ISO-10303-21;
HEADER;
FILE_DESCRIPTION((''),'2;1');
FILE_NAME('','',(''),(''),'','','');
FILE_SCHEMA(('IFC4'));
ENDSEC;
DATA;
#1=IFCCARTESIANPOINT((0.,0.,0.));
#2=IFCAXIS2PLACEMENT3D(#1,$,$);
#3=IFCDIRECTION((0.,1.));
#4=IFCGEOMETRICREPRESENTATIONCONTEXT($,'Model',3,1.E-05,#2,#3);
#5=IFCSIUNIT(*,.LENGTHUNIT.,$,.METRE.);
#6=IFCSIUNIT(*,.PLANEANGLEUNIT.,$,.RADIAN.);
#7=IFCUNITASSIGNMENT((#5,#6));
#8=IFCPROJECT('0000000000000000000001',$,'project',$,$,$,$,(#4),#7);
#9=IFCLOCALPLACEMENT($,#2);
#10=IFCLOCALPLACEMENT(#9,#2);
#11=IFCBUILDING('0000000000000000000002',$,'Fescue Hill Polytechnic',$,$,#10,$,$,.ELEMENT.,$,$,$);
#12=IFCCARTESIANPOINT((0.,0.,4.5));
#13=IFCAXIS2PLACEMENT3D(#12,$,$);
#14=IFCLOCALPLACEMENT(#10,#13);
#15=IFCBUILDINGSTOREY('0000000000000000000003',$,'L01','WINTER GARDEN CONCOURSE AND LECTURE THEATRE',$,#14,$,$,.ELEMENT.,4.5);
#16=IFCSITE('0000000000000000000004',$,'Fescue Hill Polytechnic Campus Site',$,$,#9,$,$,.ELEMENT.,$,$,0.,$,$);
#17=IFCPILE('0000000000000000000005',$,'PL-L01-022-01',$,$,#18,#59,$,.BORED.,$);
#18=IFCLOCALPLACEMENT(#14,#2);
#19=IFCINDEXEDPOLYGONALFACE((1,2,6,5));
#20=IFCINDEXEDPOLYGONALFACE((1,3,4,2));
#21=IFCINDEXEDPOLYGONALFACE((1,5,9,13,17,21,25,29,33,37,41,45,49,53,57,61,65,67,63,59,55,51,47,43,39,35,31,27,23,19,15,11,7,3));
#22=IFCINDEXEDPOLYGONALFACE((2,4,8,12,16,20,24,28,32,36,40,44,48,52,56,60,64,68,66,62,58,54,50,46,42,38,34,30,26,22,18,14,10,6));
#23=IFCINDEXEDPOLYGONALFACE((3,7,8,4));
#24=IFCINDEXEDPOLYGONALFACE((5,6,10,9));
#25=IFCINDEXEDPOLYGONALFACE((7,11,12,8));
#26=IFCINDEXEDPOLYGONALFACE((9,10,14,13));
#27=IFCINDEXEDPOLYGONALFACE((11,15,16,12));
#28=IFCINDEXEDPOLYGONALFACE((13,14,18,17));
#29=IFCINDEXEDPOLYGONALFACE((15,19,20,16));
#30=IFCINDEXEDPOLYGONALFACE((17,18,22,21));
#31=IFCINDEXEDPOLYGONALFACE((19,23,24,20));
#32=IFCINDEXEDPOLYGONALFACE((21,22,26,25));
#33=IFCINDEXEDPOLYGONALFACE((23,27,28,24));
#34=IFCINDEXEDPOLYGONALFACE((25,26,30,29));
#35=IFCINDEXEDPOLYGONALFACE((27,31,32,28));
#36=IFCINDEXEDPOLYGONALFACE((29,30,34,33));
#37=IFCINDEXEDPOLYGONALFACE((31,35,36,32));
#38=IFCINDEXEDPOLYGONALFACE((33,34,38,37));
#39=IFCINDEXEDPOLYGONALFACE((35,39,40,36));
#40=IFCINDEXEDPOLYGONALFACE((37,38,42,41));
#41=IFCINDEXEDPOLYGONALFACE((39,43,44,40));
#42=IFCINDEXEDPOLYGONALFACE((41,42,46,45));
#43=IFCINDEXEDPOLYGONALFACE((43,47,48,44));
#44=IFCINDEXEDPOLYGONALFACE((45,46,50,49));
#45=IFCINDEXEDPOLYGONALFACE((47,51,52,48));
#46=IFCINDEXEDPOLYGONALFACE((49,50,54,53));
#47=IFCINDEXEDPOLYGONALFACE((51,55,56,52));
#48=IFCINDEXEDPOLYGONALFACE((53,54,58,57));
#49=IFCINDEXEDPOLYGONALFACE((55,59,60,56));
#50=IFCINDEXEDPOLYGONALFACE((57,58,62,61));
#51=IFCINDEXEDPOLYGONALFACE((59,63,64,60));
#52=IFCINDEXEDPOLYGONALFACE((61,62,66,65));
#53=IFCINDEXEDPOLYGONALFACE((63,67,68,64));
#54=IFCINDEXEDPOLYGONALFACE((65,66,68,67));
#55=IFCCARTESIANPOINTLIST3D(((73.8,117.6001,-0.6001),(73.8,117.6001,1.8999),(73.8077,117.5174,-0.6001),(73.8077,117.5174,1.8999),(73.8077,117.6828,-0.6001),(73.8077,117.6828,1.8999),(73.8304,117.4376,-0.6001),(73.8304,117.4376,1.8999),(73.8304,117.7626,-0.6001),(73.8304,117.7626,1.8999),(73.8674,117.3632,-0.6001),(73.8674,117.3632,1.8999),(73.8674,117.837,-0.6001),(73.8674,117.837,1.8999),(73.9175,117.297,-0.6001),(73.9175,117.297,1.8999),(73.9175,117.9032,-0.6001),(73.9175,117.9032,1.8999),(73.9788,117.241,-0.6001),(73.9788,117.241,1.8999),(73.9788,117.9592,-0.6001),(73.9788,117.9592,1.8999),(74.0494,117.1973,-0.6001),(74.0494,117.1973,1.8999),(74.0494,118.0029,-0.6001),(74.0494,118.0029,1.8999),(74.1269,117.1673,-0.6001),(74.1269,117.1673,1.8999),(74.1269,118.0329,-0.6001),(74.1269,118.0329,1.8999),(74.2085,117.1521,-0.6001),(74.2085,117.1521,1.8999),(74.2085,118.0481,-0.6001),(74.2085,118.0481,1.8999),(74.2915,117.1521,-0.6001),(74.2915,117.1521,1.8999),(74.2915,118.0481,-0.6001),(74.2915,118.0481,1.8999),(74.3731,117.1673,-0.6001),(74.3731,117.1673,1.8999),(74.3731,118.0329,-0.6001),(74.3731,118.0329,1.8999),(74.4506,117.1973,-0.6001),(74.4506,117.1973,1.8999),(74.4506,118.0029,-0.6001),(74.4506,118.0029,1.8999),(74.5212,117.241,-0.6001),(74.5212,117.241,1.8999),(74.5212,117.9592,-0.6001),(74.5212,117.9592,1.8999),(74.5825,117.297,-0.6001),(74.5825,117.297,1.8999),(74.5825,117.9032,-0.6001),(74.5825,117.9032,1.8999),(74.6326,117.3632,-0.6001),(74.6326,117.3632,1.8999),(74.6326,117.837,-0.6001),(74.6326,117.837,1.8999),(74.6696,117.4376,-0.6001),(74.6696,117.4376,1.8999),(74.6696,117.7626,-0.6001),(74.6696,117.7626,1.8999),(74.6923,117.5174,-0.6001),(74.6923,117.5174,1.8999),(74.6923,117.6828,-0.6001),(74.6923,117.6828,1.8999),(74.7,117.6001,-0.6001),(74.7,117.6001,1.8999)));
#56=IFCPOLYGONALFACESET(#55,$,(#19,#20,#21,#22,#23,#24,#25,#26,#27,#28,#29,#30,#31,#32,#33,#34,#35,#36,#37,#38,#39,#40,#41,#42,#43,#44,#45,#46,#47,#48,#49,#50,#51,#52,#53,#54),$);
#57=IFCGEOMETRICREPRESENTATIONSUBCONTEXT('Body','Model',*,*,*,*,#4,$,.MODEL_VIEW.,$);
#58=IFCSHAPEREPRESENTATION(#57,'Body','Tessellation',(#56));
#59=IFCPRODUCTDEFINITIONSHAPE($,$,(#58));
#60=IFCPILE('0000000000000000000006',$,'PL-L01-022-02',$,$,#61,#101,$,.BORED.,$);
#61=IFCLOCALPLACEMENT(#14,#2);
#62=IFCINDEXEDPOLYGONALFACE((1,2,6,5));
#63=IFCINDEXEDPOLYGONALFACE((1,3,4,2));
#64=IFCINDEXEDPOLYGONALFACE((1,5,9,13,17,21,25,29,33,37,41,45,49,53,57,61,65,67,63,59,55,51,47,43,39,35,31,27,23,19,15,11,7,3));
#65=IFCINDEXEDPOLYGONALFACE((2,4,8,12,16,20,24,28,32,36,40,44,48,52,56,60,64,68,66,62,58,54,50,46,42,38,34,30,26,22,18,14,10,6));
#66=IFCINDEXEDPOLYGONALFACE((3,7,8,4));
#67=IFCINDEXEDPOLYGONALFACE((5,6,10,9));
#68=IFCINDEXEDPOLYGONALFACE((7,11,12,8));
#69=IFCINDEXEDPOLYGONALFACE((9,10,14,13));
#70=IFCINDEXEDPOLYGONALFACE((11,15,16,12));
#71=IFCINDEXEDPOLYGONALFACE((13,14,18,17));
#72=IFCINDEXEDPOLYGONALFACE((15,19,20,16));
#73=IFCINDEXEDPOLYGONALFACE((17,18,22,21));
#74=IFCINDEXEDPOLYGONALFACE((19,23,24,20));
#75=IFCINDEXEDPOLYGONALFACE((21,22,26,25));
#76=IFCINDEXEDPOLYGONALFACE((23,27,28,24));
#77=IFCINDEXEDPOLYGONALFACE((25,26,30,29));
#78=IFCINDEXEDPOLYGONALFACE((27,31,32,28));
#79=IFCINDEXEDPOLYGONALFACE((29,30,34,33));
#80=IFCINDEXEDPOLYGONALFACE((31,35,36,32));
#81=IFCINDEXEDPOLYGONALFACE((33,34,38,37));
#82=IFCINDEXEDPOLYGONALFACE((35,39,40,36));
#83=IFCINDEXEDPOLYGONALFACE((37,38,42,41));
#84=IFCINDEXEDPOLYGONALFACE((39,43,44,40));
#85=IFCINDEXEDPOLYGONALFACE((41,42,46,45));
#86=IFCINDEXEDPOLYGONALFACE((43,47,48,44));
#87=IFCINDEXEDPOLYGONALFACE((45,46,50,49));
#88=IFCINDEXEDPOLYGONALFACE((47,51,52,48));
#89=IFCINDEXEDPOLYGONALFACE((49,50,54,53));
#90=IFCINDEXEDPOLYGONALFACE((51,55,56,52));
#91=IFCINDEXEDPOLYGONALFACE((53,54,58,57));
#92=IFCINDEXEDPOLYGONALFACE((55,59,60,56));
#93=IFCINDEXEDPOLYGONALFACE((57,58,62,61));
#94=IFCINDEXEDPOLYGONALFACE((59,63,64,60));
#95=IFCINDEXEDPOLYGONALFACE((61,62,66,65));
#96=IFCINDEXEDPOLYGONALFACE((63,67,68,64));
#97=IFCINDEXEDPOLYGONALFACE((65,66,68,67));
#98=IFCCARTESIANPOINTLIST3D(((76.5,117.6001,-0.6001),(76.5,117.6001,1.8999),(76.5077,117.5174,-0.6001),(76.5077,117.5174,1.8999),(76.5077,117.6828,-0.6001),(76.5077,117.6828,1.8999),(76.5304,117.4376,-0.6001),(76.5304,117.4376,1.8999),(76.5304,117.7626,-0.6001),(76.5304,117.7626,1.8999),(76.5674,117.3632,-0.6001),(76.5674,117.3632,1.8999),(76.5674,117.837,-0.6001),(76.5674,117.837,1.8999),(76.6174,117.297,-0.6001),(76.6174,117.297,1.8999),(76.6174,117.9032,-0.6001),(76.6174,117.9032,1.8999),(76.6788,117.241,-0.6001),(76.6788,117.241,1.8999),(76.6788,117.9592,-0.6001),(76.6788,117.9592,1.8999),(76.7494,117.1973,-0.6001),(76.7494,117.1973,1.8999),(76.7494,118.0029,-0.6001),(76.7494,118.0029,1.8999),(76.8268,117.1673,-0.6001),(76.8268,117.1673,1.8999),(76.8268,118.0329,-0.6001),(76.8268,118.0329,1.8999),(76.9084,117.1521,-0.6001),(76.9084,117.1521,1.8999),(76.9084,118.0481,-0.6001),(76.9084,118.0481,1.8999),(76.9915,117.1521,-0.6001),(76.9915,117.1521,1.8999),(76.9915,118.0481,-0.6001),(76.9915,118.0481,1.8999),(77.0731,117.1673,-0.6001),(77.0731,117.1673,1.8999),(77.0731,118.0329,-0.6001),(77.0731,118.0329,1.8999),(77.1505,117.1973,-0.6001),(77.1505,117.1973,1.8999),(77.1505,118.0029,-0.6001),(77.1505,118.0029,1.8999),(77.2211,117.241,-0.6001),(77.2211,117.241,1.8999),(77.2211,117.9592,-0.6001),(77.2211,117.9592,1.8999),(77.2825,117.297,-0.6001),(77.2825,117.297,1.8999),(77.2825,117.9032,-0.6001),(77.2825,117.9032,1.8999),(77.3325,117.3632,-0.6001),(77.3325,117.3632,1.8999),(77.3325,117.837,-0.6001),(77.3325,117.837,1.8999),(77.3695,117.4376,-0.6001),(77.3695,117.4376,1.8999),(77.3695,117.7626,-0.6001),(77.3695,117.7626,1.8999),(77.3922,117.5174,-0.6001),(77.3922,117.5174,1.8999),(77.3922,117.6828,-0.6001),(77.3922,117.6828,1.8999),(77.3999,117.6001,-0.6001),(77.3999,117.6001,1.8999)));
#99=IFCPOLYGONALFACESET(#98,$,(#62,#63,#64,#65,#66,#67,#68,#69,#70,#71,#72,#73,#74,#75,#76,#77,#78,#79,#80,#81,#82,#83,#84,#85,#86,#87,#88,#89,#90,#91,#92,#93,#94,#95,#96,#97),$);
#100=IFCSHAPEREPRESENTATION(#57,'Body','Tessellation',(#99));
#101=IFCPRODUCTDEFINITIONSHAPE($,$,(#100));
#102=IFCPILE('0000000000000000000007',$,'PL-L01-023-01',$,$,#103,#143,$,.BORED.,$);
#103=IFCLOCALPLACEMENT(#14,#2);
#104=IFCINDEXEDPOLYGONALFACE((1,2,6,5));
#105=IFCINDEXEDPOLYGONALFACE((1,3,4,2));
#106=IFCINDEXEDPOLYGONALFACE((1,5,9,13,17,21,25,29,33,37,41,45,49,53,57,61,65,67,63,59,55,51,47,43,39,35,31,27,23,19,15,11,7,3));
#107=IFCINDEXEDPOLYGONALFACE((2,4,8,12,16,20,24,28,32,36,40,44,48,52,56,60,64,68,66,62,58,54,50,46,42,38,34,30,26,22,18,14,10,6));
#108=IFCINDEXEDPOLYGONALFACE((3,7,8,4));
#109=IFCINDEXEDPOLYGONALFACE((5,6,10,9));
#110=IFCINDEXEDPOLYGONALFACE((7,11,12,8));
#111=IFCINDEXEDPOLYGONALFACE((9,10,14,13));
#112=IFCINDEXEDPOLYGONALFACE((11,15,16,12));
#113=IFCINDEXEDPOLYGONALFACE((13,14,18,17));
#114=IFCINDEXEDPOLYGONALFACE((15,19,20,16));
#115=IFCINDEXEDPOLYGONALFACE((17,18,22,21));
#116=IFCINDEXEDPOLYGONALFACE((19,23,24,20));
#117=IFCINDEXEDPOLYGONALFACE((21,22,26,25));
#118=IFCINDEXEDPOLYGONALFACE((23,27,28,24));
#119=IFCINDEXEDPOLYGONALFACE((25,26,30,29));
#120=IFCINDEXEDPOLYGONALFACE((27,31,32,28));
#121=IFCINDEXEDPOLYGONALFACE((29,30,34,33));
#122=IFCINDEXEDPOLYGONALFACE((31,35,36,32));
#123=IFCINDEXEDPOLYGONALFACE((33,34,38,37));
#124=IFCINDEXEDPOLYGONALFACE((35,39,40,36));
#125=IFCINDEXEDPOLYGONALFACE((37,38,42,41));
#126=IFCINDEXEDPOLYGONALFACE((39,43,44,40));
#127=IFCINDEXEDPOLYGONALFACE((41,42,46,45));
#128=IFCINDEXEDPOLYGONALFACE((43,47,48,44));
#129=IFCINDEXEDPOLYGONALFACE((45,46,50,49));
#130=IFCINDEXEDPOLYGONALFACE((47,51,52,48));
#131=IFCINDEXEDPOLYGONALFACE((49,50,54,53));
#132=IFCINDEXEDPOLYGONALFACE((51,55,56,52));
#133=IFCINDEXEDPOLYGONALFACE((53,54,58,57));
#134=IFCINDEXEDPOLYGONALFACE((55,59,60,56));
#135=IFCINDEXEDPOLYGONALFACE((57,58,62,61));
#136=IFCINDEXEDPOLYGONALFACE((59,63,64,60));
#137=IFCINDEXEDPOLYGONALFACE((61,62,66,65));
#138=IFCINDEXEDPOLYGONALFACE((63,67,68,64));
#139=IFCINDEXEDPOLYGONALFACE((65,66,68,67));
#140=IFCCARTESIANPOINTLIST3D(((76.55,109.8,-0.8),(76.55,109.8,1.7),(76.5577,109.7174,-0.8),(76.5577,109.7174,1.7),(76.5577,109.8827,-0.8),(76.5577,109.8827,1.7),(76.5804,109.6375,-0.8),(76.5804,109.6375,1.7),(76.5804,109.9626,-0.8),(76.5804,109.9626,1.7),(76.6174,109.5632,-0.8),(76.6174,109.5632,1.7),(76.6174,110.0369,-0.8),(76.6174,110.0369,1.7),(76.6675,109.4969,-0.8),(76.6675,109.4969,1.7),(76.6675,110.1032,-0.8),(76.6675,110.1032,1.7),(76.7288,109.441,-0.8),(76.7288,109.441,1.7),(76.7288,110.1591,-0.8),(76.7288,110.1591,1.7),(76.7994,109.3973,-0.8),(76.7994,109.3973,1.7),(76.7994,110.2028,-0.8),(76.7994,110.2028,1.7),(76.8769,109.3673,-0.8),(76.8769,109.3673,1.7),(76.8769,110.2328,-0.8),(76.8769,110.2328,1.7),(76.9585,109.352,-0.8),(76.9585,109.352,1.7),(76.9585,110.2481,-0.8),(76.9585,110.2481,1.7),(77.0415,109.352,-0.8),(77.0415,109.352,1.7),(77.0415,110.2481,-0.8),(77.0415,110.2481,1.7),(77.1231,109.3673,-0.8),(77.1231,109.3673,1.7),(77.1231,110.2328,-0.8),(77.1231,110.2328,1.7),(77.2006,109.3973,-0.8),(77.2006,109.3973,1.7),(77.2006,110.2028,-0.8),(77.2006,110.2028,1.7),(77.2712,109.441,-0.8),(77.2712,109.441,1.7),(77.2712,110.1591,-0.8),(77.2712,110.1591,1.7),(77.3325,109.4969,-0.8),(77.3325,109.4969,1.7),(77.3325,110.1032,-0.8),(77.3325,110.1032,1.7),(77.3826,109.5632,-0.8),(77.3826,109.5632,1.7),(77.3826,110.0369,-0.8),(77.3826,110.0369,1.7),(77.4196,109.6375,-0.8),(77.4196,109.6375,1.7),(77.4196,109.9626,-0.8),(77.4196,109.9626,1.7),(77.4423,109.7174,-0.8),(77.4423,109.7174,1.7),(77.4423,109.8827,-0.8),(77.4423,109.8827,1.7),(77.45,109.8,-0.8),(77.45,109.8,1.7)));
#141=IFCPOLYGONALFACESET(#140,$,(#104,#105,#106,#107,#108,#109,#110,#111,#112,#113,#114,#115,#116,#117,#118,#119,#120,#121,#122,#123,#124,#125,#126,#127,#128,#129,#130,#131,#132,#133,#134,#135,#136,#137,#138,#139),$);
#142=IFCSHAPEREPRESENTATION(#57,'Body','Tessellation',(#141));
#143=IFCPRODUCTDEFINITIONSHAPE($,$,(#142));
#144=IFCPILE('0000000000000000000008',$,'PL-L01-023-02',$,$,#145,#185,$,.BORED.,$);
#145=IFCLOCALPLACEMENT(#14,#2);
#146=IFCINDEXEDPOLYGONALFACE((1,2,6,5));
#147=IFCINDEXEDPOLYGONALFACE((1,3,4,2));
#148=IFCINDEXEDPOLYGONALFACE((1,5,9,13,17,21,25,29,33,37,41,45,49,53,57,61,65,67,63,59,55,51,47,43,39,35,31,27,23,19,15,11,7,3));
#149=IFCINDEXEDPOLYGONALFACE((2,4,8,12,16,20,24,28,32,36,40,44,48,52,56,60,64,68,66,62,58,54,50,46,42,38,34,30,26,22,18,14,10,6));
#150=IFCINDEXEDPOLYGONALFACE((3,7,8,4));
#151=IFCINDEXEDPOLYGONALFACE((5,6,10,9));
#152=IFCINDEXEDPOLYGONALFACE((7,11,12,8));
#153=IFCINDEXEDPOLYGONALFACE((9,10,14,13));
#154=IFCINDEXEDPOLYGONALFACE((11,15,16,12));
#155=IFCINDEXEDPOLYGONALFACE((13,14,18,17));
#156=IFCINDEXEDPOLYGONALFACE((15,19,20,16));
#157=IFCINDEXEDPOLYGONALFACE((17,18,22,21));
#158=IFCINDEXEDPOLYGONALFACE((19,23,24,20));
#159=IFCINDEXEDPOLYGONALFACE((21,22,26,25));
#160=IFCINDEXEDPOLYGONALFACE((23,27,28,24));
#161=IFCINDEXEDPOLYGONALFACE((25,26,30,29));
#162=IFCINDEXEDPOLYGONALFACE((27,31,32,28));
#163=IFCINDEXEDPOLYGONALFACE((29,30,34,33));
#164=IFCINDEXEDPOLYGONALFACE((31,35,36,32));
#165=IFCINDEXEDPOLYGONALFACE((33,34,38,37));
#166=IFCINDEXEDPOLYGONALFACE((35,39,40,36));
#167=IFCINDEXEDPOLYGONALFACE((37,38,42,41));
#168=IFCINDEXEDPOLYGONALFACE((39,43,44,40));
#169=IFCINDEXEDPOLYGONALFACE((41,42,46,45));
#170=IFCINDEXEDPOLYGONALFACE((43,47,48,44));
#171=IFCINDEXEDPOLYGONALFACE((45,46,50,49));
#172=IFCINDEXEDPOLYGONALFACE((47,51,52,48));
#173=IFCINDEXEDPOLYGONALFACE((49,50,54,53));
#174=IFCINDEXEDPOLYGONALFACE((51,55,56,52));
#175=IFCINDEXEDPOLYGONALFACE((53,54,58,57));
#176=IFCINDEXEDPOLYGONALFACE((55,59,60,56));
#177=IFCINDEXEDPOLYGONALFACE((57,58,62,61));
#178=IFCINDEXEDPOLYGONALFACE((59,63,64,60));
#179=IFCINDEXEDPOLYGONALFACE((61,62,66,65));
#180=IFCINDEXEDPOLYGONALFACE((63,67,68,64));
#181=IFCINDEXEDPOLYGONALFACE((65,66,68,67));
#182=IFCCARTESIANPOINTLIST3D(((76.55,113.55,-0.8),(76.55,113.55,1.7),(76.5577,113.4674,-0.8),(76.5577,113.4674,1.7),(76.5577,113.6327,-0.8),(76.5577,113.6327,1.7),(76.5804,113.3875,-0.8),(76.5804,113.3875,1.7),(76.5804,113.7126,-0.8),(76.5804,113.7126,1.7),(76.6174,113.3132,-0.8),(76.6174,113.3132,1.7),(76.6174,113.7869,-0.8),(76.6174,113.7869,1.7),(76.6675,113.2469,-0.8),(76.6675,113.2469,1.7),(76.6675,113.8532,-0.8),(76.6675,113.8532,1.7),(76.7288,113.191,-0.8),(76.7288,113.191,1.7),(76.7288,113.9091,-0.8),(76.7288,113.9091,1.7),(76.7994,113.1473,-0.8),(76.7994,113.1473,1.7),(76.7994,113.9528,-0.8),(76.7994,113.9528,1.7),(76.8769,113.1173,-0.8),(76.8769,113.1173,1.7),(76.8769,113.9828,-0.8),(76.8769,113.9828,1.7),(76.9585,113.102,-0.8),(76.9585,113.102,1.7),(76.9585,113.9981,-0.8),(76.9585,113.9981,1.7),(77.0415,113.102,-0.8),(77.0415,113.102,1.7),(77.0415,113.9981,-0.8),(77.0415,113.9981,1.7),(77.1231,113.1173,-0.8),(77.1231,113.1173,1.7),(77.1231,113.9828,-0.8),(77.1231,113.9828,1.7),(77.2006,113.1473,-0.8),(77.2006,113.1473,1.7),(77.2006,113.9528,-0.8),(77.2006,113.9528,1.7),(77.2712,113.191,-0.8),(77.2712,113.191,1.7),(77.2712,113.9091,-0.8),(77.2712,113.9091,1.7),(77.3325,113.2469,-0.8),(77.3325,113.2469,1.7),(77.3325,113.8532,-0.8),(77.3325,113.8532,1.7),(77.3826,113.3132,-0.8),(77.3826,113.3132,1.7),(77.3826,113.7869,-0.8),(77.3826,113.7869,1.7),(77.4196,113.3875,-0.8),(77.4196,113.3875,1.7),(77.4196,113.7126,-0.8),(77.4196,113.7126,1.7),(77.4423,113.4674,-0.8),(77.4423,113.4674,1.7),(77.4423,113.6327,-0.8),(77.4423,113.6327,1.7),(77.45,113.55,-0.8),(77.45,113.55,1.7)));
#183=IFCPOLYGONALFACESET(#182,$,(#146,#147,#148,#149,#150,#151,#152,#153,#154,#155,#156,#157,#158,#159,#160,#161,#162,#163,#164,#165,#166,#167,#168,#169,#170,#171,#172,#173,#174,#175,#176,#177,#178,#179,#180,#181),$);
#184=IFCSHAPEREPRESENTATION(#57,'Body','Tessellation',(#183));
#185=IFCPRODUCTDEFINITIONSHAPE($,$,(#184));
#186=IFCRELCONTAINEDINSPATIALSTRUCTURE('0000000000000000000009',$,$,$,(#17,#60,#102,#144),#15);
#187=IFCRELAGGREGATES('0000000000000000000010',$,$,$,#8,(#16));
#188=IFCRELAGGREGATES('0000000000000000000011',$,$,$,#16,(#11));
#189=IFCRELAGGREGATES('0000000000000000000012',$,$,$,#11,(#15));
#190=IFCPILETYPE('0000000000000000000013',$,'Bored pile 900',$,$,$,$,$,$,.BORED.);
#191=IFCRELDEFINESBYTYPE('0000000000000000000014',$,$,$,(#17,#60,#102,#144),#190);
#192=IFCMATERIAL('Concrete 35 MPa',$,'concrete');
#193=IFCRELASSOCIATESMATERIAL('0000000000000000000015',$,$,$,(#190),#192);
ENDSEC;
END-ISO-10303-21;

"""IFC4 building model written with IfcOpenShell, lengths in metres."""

from ifc_helpers import new_model, si_unit, direction, frame, origin, origin_2d, place, context, subcontext, project, spatial, circle, extrude, material, material_profile, profile_set, type_object, element, save


model = new_model("IFC4")

# Units and contexts
model_context = context("Model", 3, precision=1e-05, world=origin(), true_north=direction((0.0, 1.0)))
body_context = subcontext(model_context, "Body", "Model", "MODEL_VIEW")
ifc_project = project(units=[si_unit("LENGTHUNIT", "METRE"), si_unit("PLANEANGLEUNIT", "RADIAN")], contexts=[model_context])

# Site, building, storey
site_placement = place(None, origin())
site = spatial("IfcSite", under=ifc_project, at=site_placement, Name="Fescue Hill Polytechnic Campus Site", CompositionType="ELEMENT", RefElevation=0.0)
building_placement = place(site_placement, origin())
building = spatial("IfcBuilding", under=site, at=building_placement, Name="Fescue Hill Polytechnic", CompositionType="ELEMENT")
storey_placement = place(building_placement, frame((0.0, 0.0, 4.5)))
storey = spatial("IfcBuildingStorey", under=building, at=storey_placement, Name="L01", Description="WINTER GARDEN CONCOURSE AND LECTURE THEATRE", CompositionType="ELEMENT", Elevation=4.5)

# Piles
ifc_material_1 = material(Name="Concrete 35 MPa", Category="concrete")
ifc_material_profile_1 = material_profile(ifc_material_1, circle(Radius=0.45, at=origin_2d()), Name="Bored pile 900")
ifc_profile_set_1 = profile_set([ifc_material_profile_1], Name="Concrete 35 MPa")
pile_type = type_object("IfcPileType", Name="Bored pile 900", PredefinedType="BORED", material=ifc_profile_set_1)
for number, where, z_axis, x_axis, name in (
    (1, (74.25, 117.6001, 1.8999), (0.0, 0.0, -1.0), (1.0, 0.0, 0.0), "PL-L01-022-01"),
    (2, (76.95, 117.6001, 1.8999), (0.0, 0.0, -1.0), (1.0, 0.0, 0.0), "PL-L01-022-02"),
    (3, (77.0, 109.8, 1.7), (0.0, 0.0, -1.0), (1.0, 0.0, 0.0), "PL-L01-023-01"),
    (4, (77.0, 113.55, 1.7), (0.0, 0.0, -1.0), (1.0, 0.0, 0.0), "PL-L01-023-02"),
):
    element("IfcPile", number, at=place(storey_placement, frame(where, z_axis=z_axis, x_axis=x_axis)), inside=storey, type_object=pile_type, Name=name, PredefinedType="BORED", context=body_context, shape_type="SweptSolid", body=[
        extrude(circle(Radius=0.45, at=origin_2d()), origin(), (0.0, 0.0, 1.0), 2.5),
    ])

save(model, "model.ifc")
